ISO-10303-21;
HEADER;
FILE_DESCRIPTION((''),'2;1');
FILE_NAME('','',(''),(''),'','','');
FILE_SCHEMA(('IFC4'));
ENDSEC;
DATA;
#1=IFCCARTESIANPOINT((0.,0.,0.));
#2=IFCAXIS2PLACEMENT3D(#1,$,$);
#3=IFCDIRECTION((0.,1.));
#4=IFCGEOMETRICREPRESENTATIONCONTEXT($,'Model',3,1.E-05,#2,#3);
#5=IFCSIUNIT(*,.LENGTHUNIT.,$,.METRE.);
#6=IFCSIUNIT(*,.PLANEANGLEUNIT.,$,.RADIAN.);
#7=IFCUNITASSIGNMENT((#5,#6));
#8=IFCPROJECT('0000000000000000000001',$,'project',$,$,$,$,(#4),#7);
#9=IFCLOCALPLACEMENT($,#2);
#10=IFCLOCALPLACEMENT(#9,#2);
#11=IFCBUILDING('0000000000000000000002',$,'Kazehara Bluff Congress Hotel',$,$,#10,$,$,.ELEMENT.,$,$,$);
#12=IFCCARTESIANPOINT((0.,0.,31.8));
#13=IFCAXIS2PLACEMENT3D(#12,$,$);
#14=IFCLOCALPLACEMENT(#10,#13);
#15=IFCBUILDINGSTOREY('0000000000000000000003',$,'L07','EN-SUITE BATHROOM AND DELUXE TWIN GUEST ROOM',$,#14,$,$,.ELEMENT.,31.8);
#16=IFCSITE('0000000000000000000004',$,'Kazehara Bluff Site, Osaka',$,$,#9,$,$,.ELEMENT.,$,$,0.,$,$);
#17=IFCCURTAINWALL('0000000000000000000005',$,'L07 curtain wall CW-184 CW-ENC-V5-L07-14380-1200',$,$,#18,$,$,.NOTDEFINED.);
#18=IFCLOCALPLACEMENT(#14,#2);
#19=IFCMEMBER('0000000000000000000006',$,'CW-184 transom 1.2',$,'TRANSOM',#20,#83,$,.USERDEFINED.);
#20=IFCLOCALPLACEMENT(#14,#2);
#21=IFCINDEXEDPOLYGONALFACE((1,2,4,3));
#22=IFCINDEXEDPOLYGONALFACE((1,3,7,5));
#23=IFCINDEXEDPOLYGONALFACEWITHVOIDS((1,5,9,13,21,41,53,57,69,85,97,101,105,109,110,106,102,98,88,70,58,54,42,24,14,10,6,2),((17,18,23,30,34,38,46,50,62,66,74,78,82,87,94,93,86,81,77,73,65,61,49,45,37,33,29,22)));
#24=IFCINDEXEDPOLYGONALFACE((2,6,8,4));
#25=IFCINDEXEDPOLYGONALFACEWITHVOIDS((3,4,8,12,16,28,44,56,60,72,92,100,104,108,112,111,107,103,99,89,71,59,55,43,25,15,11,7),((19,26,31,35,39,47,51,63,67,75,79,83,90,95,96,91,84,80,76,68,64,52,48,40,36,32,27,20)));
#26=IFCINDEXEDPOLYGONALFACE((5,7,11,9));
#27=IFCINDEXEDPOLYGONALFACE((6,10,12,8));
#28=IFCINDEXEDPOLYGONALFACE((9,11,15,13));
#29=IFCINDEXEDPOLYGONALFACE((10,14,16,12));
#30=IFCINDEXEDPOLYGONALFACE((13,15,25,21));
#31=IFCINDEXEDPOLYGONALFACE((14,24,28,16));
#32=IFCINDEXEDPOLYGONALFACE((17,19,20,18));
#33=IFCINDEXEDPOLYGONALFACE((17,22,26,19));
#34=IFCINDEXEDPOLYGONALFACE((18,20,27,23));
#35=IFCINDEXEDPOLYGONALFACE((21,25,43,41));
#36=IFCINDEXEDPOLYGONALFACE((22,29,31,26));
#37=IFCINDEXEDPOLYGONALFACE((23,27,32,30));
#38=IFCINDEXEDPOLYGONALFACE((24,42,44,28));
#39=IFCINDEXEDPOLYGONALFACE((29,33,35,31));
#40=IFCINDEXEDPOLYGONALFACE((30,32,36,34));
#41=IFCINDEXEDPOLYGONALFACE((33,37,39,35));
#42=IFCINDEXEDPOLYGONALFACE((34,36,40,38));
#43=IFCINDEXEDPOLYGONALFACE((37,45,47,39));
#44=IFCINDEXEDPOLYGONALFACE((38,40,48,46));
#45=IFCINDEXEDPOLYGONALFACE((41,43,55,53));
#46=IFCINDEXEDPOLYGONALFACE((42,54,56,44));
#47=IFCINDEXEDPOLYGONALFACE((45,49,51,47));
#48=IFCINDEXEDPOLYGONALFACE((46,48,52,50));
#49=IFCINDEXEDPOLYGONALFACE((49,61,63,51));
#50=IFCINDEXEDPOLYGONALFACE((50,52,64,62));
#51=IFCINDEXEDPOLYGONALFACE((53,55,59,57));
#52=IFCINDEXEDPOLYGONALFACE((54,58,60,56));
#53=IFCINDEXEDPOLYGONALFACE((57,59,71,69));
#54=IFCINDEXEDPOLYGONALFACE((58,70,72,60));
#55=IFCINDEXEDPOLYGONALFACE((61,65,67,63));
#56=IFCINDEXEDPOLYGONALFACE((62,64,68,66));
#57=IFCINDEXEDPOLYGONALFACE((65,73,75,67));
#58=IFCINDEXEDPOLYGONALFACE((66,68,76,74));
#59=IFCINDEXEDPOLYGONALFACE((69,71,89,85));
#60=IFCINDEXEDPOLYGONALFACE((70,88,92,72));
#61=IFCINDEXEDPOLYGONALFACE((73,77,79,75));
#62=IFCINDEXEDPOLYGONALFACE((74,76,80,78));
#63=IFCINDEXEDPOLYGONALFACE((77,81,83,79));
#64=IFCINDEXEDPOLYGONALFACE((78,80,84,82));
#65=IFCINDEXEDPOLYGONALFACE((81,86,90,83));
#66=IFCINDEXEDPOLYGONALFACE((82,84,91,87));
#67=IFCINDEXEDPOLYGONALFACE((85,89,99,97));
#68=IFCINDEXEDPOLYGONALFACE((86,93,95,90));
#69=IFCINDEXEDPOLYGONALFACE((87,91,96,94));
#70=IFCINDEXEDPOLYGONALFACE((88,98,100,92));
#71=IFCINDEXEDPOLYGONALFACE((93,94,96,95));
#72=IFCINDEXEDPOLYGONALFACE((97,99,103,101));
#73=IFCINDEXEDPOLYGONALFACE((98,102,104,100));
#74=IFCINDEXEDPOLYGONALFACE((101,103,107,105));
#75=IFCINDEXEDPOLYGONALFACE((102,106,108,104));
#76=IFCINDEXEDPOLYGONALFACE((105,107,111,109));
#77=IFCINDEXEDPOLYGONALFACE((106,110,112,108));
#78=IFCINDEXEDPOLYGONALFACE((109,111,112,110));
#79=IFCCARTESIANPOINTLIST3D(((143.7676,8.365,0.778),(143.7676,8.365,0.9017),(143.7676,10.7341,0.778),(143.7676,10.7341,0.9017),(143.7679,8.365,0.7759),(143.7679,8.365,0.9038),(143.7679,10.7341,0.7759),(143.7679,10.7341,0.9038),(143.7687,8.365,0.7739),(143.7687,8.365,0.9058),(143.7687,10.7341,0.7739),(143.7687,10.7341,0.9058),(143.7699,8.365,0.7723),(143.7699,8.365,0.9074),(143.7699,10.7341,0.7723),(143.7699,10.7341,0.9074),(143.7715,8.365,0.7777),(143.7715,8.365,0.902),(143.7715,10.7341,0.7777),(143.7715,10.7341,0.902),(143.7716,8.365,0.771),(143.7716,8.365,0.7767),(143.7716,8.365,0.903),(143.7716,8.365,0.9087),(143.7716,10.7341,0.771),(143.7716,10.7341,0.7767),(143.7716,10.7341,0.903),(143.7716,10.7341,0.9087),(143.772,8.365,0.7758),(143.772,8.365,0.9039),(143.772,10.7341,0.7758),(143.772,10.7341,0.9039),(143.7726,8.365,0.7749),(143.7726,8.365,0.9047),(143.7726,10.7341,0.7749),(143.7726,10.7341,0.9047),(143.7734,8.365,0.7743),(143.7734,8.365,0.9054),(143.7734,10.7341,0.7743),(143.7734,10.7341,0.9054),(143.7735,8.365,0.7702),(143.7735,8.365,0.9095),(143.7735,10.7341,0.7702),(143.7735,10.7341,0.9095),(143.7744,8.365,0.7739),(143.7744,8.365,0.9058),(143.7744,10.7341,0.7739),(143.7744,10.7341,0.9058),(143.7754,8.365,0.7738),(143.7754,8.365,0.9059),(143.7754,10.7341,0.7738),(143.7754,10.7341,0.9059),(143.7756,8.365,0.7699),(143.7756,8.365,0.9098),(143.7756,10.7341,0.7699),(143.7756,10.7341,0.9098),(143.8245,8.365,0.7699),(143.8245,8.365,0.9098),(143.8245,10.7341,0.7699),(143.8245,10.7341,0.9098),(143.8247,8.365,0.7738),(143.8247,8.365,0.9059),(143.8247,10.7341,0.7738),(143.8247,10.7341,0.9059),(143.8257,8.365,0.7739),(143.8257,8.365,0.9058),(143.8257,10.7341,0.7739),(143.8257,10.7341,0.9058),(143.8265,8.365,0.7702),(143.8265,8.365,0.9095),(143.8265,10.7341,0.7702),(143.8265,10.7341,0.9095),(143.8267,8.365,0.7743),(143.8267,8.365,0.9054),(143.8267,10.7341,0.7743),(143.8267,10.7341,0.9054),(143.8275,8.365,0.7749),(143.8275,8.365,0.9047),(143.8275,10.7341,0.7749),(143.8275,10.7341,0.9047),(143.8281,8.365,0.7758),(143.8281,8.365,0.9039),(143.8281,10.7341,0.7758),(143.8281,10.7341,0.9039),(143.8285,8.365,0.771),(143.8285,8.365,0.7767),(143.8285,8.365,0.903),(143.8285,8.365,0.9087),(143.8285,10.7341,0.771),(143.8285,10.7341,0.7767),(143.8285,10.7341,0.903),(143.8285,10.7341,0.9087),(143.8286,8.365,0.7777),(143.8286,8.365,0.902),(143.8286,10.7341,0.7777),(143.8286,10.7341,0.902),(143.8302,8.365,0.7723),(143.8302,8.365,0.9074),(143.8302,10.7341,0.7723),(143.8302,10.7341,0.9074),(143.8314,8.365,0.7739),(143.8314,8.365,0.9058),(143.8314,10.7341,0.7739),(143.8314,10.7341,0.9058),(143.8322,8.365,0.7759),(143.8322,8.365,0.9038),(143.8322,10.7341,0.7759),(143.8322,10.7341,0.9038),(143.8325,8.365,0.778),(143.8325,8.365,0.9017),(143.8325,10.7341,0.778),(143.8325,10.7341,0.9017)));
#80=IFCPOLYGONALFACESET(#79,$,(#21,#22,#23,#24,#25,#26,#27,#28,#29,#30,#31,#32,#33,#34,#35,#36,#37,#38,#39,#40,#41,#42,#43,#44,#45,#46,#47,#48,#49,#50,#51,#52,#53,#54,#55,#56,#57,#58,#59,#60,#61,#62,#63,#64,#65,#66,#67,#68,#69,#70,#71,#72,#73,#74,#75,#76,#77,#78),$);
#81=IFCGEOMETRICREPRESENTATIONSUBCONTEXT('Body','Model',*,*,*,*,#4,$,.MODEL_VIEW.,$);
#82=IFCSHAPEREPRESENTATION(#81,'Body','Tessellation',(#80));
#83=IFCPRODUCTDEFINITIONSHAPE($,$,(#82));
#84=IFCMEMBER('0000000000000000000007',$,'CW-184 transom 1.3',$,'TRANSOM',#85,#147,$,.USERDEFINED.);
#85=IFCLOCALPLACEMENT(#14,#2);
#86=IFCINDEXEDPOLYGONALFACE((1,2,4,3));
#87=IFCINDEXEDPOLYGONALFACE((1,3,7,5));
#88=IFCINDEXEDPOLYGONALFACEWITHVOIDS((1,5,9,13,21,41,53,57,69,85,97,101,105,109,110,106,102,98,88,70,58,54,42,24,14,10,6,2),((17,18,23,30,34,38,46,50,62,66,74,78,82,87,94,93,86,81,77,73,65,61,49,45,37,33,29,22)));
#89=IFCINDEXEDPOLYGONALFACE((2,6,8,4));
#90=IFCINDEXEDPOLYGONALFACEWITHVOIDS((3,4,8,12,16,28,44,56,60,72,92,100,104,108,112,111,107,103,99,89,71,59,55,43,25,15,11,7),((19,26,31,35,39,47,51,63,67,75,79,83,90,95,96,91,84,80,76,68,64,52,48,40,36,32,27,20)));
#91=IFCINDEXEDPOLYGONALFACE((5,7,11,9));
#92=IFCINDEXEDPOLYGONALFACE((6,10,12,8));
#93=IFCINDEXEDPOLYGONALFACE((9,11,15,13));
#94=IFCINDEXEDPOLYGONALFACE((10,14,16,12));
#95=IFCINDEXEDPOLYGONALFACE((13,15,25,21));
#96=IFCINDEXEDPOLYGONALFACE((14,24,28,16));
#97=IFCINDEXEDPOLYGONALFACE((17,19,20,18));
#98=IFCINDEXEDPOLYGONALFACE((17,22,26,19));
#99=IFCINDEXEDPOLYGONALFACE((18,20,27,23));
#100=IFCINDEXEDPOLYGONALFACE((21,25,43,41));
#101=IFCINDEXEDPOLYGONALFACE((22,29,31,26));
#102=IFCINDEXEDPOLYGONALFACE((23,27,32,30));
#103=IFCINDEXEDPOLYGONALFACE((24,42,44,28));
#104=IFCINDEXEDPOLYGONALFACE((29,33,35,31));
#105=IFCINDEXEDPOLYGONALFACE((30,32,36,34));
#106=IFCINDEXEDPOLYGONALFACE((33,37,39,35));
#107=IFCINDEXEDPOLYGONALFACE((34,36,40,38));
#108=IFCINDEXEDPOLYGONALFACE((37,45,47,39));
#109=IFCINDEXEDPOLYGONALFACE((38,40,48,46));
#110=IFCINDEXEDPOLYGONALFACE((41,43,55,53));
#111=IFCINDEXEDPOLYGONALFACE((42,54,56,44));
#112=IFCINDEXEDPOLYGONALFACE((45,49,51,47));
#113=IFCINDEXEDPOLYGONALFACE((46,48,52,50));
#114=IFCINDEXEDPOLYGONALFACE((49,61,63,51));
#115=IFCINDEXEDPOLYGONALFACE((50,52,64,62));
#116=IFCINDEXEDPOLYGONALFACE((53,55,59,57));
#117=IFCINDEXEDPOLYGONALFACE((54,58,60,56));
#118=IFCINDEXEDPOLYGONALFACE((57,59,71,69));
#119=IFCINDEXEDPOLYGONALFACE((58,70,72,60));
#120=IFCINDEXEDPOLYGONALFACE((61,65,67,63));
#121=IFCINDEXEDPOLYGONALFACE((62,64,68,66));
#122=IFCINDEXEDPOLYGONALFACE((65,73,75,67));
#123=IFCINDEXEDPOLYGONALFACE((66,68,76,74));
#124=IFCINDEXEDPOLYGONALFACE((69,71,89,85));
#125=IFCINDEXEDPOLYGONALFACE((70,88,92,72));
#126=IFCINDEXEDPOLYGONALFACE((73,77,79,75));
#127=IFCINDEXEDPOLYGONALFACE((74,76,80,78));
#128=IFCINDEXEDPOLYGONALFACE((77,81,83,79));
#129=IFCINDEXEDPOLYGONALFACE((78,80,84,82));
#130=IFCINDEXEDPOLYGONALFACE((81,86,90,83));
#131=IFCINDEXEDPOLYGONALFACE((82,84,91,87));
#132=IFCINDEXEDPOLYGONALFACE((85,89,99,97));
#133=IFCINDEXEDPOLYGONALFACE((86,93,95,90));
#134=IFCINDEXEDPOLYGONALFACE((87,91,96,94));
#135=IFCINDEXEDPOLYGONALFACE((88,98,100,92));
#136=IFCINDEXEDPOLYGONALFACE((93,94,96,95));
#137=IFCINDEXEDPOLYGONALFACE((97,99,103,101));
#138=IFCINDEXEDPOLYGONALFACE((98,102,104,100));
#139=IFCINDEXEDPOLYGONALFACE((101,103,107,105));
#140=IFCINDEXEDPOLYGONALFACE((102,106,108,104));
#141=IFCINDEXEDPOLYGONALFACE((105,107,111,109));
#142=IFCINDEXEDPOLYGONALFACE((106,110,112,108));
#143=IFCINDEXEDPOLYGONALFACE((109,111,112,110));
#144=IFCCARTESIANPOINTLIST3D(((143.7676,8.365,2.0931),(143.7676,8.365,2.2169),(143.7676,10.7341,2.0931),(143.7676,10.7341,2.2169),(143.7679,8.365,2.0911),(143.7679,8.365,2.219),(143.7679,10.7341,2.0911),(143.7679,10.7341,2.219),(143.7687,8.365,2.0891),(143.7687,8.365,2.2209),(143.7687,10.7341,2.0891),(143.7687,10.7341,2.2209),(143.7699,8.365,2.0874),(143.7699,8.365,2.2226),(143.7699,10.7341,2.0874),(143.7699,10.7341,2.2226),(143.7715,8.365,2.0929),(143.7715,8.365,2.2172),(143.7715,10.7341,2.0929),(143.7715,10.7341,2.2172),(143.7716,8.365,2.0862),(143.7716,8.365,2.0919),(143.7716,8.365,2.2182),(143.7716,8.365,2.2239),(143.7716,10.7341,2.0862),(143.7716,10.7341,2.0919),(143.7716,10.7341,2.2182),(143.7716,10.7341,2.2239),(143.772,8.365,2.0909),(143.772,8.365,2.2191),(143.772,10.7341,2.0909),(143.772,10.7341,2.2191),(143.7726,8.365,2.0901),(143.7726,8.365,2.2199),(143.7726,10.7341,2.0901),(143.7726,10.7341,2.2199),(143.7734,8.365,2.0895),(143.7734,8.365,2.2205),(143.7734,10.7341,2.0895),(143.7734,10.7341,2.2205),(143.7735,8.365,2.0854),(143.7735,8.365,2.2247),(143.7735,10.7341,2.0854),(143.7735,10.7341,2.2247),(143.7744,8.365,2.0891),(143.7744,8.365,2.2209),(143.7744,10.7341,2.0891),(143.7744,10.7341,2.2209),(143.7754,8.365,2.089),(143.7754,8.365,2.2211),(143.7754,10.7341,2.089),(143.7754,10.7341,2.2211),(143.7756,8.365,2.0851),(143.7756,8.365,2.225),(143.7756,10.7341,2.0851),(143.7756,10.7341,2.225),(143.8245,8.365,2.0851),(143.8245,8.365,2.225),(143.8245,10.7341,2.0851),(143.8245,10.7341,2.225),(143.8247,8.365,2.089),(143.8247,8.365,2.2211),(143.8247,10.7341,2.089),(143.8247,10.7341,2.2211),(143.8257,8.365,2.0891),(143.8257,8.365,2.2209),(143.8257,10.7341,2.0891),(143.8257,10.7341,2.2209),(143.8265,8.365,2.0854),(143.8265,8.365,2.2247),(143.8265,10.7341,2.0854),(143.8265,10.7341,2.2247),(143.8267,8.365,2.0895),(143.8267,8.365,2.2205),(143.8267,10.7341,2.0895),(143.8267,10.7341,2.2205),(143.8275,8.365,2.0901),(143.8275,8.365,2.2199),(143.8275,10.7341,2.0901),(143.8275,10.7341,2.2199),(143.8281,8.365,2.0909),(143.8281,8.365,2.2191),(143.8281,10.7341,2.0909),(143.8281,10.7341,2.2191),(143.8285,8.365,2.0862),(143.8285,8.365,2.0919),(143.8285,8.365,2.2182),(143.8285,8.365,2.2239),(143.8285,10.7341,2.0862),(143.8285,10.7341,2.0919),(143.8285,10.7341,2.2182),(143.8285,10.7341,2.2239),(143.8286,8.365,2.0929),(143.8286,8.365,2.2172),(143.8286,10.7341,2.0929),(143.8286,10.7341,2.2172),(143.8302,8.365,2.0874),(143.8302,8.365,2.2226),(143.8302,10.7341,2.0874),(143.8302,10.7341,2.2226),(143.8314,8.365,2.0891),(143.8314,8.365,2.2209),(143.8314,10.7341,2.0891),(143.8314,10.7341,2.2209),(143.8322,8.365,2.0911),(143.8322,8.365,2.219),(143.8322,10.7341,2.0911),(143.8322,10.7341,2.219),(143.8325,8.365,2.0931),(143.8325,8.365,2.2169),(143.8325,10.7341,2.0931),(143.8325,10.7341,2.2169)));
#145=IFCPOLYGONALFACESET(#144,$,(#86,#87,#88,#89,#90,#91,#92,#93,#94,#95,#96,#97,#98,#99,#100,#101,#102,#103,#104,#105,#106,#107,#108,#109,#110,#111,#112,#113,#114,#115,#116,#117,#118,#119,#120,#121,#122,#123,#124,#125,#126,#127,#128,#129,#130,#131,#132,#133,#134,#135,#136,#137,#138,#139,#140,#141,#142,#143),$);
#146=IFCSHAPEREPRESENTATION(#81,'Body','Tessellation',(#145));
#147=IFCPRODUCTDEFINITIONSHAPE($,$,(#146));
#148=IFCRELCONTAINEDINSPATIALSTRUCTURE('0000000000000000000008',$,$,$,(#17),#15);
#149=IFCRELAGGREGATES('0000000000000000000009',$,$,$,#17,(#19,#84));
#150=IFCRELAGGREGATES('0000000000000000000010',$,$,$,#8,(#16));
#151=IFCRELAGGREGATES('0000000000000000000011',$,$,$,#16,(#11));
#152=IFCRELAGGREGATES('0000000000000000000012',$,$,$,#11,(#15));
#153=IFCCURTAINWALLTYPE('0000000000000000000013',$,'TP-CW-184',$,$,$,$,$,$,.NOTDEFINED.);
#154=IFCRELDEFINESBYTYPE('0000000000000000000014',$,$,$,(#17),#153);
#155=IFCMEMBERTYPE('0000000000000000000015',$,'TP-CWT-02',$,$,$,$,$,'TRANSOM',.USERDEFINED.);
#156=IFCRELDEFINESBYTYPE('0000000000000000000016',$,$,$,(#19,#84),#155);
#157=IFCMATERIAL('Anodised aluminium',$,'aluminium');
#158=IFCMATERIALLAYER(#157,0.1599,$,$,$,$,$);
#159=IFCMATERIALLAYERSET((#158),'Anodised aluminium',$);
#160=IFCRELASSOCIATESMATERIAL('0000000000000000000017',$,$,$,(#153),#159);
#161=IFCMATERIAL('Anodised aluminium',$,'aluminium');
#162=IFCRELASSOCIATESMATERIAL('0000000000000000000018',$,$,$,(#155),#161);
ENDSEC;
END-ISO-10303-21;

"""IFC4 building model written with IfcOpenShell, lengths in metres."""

from ifc_helpers import new_model, si_unit, direction, frame, origin, origin_2d, place, context, subcontext, project, spatial, hollow_rectangle, extrude, material, layer, layer_set, material_profile, profile_set, type_object, element, aggregate, save


model = new_model("IFC4")

# Units and contexts
model_context = context("Model", 3, precision=1e-05, world=origin(), true_north=direction((0.0, 1.0)))
body_context = subcontext(model_context, "Body", "Model", "MODEL_VIEW")
ifc_project = project(units=[si_unit("LENGTHUNIT", "METRE"), si_unit("PLANEANGLEUNIT", "RADIAN")], contexts=[model_context])

# Site, building, storey
site_placement = place(None, origin())
site = spatial("IfcSite", under=ifc_project, at=site_placement, Name="Kazehara Bluff Site, Osaka", CompositionType="ELEMENT", RefElevation=0.0)
building_placement = place(site_placement, origin())
building = spatial("IfcBuilding", under=site, at=building_placement, Name="Kazehara Bluff Congress Hotel", CompositionType="ELEMENT")
storey_placement = place(building_placement, frame((0.0, 0.0, 31.8)))
storey = spatial("IfcBuildingStorey", under=building, at=storey_placement, Name="L07", Description="EN-SUITE BATHROOM AND DELUXE TWIN GUEST ROOM", CompositionType="ELEMENT", Elevation=31.8)

# Curtain wall
ifc_material_1 = material(Name="Anodised aluminium", Category="aluminium")
ifc_layer_1 = layer(ifc_material_1, 0.1599)
ifc_layer_set_1 = layer_set([ifc_layer_1], Name="Anodised aluminium")
curtain_wall_type_1 = type_object("IfcCurtainWallType", Name="TP-CW-184", PredefinedType="NOTDEFINED", material=ifc_layer_set_1)
curtain_wall_1_placement = place(storey_placement, origin())
curtain_wall_1 = element("IfcCurtainWall", 1, at=curtain_wall_1_placement, inside=storey, type_object=curtain_wall_type_1, Name="L07 curtain wall CW-184 CW-ENC-V5-L07-14380-1200", PredefinedType="NOTDEFINED")

# Members
ifc_material_2 = material(Name="Anodised aluminium", Category="aluminium")
ifc_material_profile_1 = material_profile(ifc_material_2, hollow_rectangle(XDim=0.0649, YDim=0.1399, WallThickness=0.0039, InnerFilletRadius=0.0039, OuterFilletRadius=0.0081, at=origin_2d()))
ifc_profile_set_1 = profile_set([ifc_material_profile_1], Name="Anodised aluminium")
member_type_1 = type_object("IfcMemberType", Name="TP-CWT-02", ElementType="TRANSOM", PredefinedType="USERDEFINED", material=ifc_profile_set_1)
member_1_placement = place(storey_placement, frame((143.8, 8.365, 0.8398), z_axis=(0.0, 1.0, 0.0), x_axis=(-1.0, 0.0, 0.0)))
member_1 = element("IfcMember", 2, at=member_1_placement, type_object=member_type_1, Name="CW-184 transom 1.2", ObjectType="TRANSOM", PredefinedType="USERDEFINED", context=body_context, shape_type="SweptSolid", body=[
    extrude(hollow_rectangle(XDim=0.0649, YDim=0.1399, WallThickness=0.0039, InnerFilletRadius=0.0039, OuterFilletRadius=0.0081, at=origin_2d()), origin(), (0.0, 0.0, 1.0), 2.3691),
])
member_2_placement = place(storey_placement, frame((143.8, 8.365, 2.155), z_axis=(0.0, 1.0, 0.0), x_axis=(-1.0, 0.0, 0.0)))
member_2 = element("IfcMember", 3, at=member_2_placement, type_object=member_type_1, Name="CW-184 transom 1.3", ObjectType="TRANSOM", PredefinedType="USERDEFINED", context=body_context, shape_type="SweptSolid", body=[
    extrude(hollow_rectangle(XDim=0.0649, YDim=0.1399, WallThickness=0.0039, InnerFilletRadius=0.0039, OuterFilletRadius=0.0081, at=origin_2d()), origin(), (0.0, 0.0, 1.0), 2.3691),
])

aggregate(curtain_wall_1, [member_1, member_2])

save(model, "model.ifc")
